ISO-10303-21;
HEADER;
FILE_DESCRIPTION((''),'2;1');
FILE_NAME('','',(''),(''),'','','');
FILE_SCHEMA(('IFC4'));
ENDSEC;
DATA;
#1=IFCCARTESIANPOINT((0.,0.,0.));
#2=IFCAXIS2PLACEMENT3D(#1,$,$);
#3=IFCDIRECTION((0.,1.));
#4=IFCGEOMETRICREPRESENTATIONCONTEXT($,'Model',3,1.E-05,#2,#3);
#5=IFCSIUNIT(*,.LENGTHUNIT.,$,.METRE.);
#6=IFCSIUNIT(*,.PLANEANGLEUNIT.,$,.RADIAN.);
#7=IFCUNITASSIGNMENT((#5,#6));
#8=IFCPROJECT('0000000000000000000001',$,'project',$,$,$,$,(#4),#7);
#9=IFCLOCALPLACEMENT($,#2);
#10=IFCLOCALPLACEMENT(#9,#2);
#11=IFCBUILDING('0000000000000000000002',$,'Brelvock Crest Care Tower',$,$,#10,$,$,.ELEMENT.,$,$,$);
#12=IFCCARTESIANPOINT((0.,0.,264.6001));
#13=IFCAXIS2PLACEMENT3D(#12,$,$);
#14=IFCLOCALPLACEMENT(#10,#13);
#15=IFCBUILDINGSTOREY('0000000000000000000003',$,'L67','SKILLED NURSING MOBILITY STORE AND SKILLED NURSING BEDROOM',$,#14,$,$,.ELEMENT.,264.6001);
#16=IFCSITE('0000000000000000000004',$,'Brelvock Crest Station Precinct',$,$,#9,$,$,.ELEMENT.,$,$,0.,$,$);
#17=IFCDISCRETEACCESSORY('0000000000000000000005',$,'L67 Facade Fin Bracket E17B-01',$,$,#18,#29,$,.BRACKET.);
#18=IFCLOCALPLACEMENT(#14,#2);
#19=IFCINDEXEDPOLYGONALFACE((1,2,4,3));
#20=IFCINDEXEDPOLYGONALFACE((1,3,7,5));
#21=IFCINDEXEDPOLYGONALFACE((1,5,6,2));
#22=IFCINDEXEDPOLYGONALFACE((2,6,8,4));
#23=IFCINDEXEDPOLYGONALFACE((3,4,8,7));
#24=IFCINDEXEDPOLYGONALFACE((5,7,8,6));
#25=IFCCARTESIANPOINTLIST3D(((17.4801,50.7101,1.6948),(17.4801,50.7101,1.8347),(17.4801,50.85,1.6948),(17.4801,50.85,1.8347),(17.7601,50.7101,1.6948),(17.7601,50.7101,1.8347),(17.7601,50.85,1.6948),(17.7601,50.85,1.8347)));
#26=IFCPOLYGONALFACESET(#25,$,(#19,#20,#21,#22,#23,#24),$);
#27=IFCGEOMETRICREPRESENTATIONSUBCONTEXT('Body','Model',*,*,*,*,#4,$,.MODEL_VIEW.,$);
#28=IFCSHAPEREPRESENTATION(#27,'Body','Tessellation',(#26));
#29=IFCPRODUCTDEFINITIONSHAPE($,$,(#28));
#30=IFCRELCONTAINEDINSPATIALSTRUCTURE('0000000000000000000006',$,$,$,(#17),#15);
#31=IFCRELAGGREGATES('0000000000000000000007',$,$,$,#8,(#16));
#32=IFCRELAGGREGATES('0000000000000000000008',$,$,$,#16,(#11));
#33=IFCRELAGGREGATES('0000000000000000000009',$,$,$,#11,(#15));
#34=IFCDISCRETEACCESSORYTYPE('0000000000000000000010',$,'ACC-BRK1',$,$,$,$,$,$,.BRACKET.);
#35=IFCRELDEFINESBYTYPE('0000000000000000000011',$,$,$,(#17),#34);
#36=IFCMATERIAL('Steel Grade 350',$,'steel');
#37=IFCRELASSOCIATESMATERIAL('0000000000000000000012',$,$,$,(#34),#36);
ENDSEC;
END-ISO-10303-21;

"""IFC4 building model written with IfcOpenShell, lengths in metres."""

from ifc_helpers import new_model, si_unit, direction, frame, origin, origin_2d, place, context, subcontext, project, spatial, rectangle, extrude, source, transform, mapped, material, type_object, element, save


model = new_model("IFC4")

# Units and contexts
model_context = context("Model", 3, precision=1e-05, world=origin(), true_north=direction((0.0, 1.0)))
body_context = subcontext(model_context, "Body", "Model", "MODEL_VIEW")
ifc_project = project(units=[si_unit("LENGTHUNIT", "METRE"), si_unit("PLANEANGLEUNIT", "RADIAN")], contexts=[model_context])

# Site, building, storey
site_placement = place(None, origin())
site = spatial("IfcSite", under=ifc_project, at=site_placement, Name="Brelvock Crest Station Precinct", CompositionType="ELEMENT", RefElevation=0.0)
building_placement = place(site_placement, origin())
building = spatial("IfcBuilding", under=site, at=building_placement, Name="Brelvock Crest Care Tower", CompositionType="ELEMENT")
storey_placement = place(building_placement, frame((0.0, 0.0, 264.6001)))
storey = spatial("IfcBuildingStorey", under=building, at=storey_placement, Name="L67", Description="SKILLED NURSING MOBILITY STORE AND SKILLED NURSING BEDROOM", CompositionType="ELEMENT", Elevation=264.6001)

# Shared definitions
ifc_material_1 = material(Name="Steel Grade 350", Category="steel")

# Discrete accessory
discrete_accessory_type = type_object("IfcDiscreteAccessoryType", Name="ACC-BRK1", PredefinedType="BRACKET", material=ifc_material_1)
shared_shape_1 = source(origin(), body_context, "Body", "SweptSolid", [
    extrude(rectangle(XDim=0.28, YDim=0.1399, at=origin_2d()), origin(), (0.0, 0.0, 1.0), 0.1399),
])
for number, where, z_axis, x_axis, name in (
    (1, (17.6201, 50.78, 1.6948), (0.0, 0.0, 1.0), (-1.0, 0.0, 0.0), "L67 Facade Fin Bracket E17B-01"),
):
    element("IfcDiscreteAccessory", number, at=place(storey_placement, frame(where, z_axis=z_axis, x_axis=x_axis)), inside=storey, type_object=discrete_accessory_type, Name=name, PredefinedType="BRACKET", context=body_context, shape_type="MappedRepresentation", body=[
        mapped(shared_shape_1, transform((0.0, 0.0, 0.0), x_axis=(1.0, 0.0, 0.0), y_axis=(0.0, 1.0, 0.0), z_axis=(0.0, 0.0, 1.0), scale=1.0)),
    ])

save(model, "model.ifc")
